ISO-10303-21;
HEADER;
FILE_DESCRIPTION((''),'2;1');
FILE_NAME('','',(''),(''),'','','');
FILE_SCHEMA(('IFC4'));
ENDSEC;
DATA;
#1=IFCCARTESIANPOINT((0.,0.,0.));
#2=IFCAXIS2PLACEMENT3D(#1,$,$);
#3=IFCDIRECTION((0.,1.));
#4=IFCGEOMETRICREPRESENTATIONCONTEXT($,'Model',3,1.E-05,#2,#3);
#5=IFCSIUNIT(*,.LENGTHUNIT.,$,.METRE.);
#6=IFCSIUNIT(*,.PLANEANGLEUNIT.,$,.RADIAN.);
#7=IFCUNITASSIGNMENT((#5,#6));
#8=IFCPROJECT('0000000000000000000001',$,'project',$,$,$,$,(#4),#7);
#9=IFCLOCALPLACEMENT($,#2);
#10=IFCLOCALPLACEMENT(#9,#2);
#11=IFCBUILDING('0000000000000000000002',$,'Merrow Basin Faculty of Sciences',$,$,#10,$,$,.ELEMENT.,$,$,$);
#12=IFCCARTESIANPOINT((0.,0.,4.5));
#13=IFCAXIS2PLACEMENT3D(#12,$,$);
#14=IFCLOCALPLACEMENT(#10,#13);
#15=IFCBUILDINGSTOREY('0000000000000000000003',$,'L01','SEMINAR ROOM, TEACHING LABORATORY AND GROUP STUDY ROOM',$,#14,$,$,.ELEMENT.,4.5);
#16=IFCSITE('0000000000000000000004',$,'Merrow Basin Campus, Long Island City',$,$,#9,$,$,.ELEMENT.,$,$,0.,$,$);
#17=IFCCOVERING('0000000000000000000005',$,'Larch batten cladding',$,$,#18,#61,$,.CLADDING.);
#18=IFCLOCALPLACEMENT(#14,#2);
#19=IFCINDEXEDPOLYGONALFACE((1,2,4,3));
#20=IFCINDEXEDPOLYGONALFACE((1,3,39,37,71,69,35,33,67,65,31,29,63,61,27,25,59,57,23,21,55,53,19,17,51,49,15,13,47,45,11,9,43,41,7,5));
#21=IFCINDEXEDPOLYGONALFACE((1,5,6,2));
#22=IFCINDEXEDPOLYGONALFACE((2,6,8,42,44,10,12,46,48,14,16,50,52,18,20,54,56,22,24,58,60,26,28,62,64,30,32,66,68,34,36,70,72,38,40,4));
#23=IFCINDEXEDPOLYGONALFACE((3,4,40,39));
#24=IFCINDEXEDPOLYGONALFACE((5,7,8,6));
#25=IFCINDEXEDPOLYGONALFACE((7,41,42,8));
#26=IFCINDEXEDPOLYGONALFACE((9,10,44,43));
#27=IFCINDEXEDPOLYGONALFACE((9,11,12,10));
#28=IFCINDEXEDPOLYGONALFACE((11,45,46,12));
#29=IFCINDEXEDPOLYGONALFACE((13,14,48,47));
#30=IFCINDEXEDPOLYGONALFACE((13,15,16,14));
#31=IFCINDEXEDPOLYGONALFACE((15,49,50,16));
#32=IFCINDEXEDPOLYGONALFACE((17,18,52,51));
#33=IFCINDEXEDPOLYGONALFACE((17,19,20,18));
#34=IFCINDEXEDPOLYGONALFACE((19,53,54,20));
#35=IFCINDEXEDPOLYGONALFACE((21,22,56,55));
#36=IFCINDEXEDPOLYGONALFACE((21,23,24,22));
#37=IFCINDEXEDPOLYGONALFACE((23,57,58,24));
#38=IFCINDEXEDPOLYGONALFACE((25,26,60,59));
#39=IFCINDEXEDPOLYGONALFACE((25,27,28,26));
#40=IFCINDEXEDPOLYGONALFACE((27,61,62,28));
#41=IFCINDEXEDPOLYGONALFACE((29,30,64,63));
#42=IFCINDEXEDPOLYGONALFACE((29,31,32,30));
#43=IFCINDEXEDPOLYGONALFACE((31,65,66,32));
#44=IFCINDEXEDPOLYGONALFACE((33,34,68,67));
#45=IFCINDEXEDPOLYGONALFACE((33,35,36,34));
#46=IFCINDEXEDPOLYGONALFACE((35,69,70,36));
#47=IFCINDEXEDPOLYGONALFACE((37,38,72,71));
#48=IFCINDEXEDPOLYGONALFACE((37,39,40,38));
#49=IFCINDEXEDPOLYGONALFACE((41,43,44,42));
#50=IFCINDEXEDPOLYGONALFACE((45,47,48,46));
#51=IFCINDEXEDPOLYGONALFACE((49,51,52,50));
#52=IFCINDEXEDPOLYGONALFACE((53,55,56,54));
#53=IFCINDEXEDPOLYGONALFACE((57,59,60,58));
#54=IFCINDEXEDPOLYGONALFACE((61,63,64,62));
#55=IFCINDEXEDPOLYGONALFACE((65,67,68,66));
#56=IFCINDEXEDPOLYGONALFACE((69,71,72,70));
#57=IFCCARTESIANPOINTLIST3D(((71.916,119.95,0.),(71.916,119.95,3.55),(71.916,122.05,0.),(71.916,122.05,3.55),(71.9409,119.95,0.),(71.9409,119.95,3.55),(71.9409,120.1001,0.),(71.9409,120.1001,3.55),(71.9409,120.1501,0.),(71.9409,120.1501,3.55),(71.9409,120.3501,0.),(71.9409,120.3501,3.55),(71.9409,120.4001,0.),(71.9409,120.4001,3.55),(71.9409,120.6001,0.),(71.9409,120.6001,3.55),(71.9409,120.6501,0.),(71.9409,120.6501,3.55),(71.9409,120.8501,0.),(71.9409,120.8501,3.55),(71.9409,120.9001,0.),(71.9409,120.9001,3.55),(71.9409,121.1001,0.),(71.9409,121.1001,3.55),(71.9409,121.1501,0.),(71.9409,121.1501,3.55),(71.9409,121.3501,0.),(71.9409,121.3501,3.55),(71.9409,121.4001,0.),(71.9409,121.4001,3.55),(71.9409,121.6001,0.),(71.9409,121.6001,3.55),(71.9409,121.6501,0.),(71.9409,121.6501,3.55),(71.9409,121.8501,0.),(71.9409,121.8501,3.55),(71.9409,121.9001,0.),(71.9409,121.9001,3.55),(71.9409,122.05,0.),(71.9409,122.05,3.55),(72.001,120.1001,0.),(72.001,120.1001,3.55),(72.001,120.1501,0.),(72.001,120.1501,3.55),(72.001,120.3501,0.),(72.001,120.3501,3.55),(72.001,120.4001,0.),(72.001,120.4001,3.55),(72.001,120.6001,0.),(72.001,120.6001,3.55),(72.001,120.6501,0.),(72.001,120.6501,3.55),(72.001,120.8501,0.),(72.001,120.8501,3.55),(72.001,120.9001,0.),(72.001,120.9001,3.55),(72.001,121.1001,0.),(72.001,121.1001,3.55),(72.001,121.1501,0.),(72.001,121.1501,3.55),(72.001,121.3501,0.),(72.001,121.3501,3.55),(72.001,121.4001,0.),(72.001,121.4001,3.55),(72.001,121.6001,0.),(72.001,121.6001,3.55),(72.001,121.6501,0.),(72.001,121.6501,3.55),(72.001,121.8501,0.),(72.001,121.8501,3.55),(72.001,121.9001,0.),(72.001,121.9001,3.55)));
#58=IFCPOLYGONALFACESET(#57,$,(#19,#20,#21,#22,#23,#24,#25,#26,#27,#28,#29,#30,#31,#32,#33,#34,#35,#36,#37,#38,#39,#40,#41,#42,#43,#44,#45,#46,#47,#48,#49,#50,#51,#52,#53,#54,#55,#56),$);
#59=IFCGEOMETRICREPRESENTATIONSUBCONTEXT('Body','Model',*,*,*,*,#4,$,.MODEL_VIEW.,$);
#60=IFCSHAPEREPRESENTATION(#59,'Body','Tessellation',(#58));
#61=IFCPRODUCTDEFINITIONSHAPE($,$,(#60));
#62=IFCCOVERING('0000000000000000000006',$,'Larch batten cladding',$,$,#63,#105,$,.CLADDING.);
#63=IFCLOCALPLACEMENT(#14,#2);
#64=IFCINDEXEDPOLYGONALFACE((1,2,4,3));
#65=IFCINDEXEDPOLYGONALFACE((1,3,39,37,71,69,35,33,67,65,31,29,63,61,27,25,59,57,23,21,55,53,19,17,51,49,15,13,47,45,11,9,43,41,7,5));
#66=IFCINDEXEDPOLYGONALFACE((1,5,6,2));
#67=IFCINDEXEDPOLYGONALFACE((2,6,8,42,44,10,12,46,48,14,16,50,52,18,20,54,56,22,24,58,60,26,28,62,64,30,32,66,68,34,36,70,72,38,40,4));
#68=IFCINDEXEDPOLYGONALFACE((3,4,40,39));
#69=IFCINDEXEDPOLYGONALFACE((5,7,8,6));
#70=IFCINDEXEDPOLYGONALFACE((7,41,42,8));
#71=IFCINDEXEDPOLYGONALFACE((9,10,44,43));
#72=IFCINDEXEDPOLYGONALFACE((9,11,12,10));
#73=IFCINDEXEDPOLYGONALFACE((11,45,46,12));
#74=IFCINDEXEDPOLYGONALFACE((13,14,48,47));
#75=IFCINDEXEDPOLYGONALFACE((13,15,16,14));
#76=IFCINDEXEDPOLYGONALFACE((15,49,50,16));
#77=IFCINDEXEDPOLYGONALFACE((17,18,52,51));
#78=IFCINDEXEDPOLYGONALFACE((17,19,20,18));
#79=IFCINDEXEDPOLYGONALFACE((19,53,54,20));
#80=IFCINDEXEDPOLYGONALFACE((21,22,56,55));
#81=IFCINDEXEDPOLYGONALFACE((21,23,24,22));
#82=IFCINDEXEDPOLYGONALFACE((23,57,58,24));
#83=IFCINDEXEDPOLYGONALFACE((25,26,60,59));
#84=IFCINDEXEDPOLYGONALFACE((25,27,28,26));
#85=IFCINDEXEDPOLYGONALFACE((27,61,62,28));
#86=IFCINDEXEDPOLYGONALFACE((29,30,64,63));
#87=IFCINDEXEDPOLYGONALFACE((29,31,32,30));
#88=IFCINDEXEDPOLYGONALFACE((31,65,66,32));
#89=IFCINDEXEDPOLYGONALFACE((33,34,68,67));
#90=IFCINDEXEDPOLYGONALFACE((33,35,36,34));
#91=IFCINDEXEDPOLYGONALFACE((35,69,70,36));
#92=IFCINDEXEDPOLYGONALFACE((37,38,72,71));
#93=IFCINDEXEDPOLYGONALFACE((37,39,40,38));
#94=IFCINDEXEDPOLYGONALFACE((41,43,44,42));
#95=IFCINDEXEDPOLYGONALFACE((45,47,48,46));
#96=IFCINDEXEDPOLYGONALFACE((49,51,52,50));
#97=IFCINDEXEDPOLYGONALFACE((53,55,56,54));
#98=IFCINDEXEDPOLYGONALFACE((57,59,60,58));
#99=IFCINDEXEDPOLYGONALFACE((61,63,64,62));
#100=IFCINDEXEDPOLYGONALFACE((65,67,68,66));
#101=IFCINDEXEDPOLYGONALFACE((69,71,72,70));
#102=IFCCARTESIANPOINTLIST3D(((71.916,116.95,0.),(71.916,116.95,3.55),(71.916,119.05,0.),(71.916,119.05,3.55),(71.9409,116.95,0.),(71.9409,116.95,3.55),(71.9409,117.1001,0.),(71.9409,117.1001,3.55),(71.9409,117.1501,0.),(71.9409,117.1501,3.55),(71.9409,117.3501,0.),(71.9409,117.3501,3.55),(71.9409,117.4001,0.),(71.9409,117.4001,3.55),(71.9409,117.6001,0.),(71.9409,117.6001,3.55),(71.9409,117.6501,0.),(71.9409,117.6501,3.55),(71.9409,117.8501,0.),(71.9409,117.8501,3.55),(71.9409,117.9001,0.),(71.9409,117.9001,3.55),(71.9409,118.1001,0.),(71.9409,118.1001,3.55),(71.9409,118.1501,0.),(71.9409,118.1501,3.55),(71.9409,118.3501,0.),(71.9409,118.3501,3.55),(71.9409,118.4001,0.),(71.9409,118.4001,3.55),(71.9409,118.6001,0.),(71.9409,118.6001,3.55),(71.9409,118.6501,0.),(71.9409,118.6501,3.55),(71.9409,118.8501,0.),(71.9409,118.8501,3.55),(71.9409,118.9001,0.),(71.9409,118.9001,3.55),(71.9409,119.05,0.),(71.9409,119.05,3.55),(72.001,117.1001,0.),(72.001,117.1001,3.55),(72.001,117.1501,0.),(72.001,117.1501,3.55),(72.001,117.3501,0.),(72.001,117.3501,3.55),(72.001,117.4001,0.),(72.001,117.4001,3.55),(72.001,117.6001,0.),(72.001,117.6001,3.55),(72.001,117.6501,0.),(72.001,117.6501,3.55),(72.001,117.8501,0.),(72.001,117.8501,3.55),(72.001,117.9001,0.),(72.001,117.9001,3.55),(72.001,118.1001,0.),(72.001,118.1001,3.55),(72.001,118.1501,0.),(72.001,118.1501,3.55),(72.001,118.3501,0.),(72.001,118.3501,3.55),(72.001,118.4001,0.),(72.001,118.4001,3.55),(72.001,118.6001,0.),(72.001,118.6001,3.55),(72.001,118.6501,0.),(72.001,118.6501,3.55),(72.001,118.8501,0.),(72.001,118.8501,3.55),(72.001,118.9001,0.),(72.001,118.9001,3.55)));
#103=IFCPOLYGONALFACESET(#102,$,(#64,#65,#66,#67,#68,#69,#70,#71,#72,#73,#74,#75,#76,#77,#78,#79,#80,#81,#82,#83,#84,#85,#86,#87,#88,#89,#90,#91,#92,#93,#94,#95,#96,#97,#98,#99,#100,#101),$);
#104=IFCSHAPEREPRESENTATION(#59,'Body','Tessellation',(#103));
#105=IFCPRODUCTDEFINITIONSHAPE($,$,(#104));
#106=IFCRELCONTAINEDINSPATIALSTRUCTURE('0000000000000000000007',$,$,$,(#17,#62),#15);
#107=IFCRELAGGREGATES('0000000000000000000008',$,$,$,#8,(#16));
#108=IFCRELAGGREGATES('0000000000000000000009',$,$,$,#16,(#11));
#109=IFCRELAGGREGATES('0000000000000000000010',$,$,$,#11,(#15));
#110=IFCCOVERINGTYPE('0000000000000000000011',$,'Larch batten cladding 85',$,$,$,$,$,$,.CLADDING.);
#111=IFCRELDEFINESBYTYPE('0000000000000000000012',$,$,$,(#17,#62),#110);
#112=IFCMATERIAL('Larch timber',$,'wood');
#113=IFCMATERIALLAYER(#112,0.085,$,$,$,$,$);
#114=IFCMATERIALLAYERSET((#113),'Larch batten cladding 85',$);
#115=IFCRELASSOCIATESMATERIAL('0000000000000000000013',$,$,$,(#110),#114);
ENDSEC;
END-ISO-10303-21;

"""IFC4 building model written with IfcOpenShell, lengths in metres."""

from ifc_helpers import new_model, si_unit, direction, frame, origin, place, context, subcontext, project, spatial, polyline, outline, extrude, source, transform, mapped, material, layer, layer_set, type_object, element, save


model = new_model("IFC4")

# Units and contexts
model_context = context("Model", 3, precision=1e-05, world=origin(), true_north=direction((0.0, 1.0)))
body_context = subcontext(model_context, "Body", "Model", "MODEL_VIEW")
ifc_project = project(units=[si_unit("LENGTHUNIT", "METRE"), si_unit("PLANEANGLEUNIT", "RADIAN")], contexts=[model_context])

# Site, building, storey
site_placement = place(None, origin())
site = spatial("IfcSite", under=ifc_project, at=site_placement, Name="Merrow Basin Campus, Long Island City", CompositionType="ELEMENT", RefElevation=0.0)
building_placement = place(site_placement, origin())
building = spatial("IfcBuilding", under=site, at=building_placement, Name="Merrow Basin Faculty of Sciences", CompositionType="ELEMENT")
storey_placement = place(building_placement, frame((0.0, 0.0, 4.5)))
storey = spatial("IfcBuildingStorey", under=building, at=storey_placement, Name="L01", Description="SEMINAR ROOM, TEACHING LABORATORY AND GROUP STUDY ROOM", CompositionType="ELEMENT", Elevation=4.5)

# Coverings
ifc_material_1 = material(Name="Larch timber", Category="wood")
ifc_layer_1 = layer(ifc_material_1, 0.085)
ifc_layer_set_1 = layer_set([ifc_layer_1], Name="Larch batten cladding 85")
covering_type = type_object("IfcCoveringType", Name="Larch batten cladding 85", PredefinedType="CLADDING", material=ifc_layer_set_1)
shared_shape_1 = source(origin(), body_context, "Body", "SweptSolid", [
    extrude(outline(polyline([(0.0, 0.0), (2.1001, 0.0), (2.1001, 0.0249), (1.95, 0.0249), (1.95, 0.085), (1.8999, 0.085), (1.8999, 0.0249), (1.7, 0.0249), (1.7, 0.085), (1.6499, 0.085), (1.6499, 0.0249), (1.45, 0.0249), (1.45, 0.085), (1.3999, 0.085), (1.3999, 0.0249), (1.2, 0.0249), (1.2, 0.085), (1.1499, 0.085), (1.1499, 0.0249), (0.95, 0.0249), (0.95, 0.085), (0.8999, 0.085), (0.8999, 0.0249), (0.7, 0.0249), (0.7, 0.085), (0.6499, 0.085), (0.6499, 0.0249), (0.45, 0.0249), (0.45, 0.085), (0.3999, 0.085), (0.3999, 0.0249), (0.2, 0.0249), (0.2, 0.085), (0.1499, 0.085), (0.1499, 0.0249), (0.0, 0.0249), (0.0, 0.0)])), origin(), (0.0, 0.0, 1.0), 3.55),
])
for number, where, z_axis, x_axis, name in (
    (1, (71.916, 122.05, 0.0), (0.0, 0.0, 1.0), (0.0, -1.0, 0.0), "Larch batten cladding"),
    (2, (71.916, 119.05, 0.0), (0.0, 0.0, 1.0), (0.0, -1.0, 0.0), "Larch batten cladding"),
):
    element("IfcCovering", number, at=place(storey_placement, frame(where, z_axis=z_axis, x_axis=x_axis)), inside=storey, type_object=covering_type, Name=name, PredefinedType="CLADDING", context=body_context, shape_type="MappedRepresentation", body=[
        mapped(shared_shape_1, transform((0.0, 0.0, 0.0), scale=1.0)),
    ])

save(model, "model.ifc")
